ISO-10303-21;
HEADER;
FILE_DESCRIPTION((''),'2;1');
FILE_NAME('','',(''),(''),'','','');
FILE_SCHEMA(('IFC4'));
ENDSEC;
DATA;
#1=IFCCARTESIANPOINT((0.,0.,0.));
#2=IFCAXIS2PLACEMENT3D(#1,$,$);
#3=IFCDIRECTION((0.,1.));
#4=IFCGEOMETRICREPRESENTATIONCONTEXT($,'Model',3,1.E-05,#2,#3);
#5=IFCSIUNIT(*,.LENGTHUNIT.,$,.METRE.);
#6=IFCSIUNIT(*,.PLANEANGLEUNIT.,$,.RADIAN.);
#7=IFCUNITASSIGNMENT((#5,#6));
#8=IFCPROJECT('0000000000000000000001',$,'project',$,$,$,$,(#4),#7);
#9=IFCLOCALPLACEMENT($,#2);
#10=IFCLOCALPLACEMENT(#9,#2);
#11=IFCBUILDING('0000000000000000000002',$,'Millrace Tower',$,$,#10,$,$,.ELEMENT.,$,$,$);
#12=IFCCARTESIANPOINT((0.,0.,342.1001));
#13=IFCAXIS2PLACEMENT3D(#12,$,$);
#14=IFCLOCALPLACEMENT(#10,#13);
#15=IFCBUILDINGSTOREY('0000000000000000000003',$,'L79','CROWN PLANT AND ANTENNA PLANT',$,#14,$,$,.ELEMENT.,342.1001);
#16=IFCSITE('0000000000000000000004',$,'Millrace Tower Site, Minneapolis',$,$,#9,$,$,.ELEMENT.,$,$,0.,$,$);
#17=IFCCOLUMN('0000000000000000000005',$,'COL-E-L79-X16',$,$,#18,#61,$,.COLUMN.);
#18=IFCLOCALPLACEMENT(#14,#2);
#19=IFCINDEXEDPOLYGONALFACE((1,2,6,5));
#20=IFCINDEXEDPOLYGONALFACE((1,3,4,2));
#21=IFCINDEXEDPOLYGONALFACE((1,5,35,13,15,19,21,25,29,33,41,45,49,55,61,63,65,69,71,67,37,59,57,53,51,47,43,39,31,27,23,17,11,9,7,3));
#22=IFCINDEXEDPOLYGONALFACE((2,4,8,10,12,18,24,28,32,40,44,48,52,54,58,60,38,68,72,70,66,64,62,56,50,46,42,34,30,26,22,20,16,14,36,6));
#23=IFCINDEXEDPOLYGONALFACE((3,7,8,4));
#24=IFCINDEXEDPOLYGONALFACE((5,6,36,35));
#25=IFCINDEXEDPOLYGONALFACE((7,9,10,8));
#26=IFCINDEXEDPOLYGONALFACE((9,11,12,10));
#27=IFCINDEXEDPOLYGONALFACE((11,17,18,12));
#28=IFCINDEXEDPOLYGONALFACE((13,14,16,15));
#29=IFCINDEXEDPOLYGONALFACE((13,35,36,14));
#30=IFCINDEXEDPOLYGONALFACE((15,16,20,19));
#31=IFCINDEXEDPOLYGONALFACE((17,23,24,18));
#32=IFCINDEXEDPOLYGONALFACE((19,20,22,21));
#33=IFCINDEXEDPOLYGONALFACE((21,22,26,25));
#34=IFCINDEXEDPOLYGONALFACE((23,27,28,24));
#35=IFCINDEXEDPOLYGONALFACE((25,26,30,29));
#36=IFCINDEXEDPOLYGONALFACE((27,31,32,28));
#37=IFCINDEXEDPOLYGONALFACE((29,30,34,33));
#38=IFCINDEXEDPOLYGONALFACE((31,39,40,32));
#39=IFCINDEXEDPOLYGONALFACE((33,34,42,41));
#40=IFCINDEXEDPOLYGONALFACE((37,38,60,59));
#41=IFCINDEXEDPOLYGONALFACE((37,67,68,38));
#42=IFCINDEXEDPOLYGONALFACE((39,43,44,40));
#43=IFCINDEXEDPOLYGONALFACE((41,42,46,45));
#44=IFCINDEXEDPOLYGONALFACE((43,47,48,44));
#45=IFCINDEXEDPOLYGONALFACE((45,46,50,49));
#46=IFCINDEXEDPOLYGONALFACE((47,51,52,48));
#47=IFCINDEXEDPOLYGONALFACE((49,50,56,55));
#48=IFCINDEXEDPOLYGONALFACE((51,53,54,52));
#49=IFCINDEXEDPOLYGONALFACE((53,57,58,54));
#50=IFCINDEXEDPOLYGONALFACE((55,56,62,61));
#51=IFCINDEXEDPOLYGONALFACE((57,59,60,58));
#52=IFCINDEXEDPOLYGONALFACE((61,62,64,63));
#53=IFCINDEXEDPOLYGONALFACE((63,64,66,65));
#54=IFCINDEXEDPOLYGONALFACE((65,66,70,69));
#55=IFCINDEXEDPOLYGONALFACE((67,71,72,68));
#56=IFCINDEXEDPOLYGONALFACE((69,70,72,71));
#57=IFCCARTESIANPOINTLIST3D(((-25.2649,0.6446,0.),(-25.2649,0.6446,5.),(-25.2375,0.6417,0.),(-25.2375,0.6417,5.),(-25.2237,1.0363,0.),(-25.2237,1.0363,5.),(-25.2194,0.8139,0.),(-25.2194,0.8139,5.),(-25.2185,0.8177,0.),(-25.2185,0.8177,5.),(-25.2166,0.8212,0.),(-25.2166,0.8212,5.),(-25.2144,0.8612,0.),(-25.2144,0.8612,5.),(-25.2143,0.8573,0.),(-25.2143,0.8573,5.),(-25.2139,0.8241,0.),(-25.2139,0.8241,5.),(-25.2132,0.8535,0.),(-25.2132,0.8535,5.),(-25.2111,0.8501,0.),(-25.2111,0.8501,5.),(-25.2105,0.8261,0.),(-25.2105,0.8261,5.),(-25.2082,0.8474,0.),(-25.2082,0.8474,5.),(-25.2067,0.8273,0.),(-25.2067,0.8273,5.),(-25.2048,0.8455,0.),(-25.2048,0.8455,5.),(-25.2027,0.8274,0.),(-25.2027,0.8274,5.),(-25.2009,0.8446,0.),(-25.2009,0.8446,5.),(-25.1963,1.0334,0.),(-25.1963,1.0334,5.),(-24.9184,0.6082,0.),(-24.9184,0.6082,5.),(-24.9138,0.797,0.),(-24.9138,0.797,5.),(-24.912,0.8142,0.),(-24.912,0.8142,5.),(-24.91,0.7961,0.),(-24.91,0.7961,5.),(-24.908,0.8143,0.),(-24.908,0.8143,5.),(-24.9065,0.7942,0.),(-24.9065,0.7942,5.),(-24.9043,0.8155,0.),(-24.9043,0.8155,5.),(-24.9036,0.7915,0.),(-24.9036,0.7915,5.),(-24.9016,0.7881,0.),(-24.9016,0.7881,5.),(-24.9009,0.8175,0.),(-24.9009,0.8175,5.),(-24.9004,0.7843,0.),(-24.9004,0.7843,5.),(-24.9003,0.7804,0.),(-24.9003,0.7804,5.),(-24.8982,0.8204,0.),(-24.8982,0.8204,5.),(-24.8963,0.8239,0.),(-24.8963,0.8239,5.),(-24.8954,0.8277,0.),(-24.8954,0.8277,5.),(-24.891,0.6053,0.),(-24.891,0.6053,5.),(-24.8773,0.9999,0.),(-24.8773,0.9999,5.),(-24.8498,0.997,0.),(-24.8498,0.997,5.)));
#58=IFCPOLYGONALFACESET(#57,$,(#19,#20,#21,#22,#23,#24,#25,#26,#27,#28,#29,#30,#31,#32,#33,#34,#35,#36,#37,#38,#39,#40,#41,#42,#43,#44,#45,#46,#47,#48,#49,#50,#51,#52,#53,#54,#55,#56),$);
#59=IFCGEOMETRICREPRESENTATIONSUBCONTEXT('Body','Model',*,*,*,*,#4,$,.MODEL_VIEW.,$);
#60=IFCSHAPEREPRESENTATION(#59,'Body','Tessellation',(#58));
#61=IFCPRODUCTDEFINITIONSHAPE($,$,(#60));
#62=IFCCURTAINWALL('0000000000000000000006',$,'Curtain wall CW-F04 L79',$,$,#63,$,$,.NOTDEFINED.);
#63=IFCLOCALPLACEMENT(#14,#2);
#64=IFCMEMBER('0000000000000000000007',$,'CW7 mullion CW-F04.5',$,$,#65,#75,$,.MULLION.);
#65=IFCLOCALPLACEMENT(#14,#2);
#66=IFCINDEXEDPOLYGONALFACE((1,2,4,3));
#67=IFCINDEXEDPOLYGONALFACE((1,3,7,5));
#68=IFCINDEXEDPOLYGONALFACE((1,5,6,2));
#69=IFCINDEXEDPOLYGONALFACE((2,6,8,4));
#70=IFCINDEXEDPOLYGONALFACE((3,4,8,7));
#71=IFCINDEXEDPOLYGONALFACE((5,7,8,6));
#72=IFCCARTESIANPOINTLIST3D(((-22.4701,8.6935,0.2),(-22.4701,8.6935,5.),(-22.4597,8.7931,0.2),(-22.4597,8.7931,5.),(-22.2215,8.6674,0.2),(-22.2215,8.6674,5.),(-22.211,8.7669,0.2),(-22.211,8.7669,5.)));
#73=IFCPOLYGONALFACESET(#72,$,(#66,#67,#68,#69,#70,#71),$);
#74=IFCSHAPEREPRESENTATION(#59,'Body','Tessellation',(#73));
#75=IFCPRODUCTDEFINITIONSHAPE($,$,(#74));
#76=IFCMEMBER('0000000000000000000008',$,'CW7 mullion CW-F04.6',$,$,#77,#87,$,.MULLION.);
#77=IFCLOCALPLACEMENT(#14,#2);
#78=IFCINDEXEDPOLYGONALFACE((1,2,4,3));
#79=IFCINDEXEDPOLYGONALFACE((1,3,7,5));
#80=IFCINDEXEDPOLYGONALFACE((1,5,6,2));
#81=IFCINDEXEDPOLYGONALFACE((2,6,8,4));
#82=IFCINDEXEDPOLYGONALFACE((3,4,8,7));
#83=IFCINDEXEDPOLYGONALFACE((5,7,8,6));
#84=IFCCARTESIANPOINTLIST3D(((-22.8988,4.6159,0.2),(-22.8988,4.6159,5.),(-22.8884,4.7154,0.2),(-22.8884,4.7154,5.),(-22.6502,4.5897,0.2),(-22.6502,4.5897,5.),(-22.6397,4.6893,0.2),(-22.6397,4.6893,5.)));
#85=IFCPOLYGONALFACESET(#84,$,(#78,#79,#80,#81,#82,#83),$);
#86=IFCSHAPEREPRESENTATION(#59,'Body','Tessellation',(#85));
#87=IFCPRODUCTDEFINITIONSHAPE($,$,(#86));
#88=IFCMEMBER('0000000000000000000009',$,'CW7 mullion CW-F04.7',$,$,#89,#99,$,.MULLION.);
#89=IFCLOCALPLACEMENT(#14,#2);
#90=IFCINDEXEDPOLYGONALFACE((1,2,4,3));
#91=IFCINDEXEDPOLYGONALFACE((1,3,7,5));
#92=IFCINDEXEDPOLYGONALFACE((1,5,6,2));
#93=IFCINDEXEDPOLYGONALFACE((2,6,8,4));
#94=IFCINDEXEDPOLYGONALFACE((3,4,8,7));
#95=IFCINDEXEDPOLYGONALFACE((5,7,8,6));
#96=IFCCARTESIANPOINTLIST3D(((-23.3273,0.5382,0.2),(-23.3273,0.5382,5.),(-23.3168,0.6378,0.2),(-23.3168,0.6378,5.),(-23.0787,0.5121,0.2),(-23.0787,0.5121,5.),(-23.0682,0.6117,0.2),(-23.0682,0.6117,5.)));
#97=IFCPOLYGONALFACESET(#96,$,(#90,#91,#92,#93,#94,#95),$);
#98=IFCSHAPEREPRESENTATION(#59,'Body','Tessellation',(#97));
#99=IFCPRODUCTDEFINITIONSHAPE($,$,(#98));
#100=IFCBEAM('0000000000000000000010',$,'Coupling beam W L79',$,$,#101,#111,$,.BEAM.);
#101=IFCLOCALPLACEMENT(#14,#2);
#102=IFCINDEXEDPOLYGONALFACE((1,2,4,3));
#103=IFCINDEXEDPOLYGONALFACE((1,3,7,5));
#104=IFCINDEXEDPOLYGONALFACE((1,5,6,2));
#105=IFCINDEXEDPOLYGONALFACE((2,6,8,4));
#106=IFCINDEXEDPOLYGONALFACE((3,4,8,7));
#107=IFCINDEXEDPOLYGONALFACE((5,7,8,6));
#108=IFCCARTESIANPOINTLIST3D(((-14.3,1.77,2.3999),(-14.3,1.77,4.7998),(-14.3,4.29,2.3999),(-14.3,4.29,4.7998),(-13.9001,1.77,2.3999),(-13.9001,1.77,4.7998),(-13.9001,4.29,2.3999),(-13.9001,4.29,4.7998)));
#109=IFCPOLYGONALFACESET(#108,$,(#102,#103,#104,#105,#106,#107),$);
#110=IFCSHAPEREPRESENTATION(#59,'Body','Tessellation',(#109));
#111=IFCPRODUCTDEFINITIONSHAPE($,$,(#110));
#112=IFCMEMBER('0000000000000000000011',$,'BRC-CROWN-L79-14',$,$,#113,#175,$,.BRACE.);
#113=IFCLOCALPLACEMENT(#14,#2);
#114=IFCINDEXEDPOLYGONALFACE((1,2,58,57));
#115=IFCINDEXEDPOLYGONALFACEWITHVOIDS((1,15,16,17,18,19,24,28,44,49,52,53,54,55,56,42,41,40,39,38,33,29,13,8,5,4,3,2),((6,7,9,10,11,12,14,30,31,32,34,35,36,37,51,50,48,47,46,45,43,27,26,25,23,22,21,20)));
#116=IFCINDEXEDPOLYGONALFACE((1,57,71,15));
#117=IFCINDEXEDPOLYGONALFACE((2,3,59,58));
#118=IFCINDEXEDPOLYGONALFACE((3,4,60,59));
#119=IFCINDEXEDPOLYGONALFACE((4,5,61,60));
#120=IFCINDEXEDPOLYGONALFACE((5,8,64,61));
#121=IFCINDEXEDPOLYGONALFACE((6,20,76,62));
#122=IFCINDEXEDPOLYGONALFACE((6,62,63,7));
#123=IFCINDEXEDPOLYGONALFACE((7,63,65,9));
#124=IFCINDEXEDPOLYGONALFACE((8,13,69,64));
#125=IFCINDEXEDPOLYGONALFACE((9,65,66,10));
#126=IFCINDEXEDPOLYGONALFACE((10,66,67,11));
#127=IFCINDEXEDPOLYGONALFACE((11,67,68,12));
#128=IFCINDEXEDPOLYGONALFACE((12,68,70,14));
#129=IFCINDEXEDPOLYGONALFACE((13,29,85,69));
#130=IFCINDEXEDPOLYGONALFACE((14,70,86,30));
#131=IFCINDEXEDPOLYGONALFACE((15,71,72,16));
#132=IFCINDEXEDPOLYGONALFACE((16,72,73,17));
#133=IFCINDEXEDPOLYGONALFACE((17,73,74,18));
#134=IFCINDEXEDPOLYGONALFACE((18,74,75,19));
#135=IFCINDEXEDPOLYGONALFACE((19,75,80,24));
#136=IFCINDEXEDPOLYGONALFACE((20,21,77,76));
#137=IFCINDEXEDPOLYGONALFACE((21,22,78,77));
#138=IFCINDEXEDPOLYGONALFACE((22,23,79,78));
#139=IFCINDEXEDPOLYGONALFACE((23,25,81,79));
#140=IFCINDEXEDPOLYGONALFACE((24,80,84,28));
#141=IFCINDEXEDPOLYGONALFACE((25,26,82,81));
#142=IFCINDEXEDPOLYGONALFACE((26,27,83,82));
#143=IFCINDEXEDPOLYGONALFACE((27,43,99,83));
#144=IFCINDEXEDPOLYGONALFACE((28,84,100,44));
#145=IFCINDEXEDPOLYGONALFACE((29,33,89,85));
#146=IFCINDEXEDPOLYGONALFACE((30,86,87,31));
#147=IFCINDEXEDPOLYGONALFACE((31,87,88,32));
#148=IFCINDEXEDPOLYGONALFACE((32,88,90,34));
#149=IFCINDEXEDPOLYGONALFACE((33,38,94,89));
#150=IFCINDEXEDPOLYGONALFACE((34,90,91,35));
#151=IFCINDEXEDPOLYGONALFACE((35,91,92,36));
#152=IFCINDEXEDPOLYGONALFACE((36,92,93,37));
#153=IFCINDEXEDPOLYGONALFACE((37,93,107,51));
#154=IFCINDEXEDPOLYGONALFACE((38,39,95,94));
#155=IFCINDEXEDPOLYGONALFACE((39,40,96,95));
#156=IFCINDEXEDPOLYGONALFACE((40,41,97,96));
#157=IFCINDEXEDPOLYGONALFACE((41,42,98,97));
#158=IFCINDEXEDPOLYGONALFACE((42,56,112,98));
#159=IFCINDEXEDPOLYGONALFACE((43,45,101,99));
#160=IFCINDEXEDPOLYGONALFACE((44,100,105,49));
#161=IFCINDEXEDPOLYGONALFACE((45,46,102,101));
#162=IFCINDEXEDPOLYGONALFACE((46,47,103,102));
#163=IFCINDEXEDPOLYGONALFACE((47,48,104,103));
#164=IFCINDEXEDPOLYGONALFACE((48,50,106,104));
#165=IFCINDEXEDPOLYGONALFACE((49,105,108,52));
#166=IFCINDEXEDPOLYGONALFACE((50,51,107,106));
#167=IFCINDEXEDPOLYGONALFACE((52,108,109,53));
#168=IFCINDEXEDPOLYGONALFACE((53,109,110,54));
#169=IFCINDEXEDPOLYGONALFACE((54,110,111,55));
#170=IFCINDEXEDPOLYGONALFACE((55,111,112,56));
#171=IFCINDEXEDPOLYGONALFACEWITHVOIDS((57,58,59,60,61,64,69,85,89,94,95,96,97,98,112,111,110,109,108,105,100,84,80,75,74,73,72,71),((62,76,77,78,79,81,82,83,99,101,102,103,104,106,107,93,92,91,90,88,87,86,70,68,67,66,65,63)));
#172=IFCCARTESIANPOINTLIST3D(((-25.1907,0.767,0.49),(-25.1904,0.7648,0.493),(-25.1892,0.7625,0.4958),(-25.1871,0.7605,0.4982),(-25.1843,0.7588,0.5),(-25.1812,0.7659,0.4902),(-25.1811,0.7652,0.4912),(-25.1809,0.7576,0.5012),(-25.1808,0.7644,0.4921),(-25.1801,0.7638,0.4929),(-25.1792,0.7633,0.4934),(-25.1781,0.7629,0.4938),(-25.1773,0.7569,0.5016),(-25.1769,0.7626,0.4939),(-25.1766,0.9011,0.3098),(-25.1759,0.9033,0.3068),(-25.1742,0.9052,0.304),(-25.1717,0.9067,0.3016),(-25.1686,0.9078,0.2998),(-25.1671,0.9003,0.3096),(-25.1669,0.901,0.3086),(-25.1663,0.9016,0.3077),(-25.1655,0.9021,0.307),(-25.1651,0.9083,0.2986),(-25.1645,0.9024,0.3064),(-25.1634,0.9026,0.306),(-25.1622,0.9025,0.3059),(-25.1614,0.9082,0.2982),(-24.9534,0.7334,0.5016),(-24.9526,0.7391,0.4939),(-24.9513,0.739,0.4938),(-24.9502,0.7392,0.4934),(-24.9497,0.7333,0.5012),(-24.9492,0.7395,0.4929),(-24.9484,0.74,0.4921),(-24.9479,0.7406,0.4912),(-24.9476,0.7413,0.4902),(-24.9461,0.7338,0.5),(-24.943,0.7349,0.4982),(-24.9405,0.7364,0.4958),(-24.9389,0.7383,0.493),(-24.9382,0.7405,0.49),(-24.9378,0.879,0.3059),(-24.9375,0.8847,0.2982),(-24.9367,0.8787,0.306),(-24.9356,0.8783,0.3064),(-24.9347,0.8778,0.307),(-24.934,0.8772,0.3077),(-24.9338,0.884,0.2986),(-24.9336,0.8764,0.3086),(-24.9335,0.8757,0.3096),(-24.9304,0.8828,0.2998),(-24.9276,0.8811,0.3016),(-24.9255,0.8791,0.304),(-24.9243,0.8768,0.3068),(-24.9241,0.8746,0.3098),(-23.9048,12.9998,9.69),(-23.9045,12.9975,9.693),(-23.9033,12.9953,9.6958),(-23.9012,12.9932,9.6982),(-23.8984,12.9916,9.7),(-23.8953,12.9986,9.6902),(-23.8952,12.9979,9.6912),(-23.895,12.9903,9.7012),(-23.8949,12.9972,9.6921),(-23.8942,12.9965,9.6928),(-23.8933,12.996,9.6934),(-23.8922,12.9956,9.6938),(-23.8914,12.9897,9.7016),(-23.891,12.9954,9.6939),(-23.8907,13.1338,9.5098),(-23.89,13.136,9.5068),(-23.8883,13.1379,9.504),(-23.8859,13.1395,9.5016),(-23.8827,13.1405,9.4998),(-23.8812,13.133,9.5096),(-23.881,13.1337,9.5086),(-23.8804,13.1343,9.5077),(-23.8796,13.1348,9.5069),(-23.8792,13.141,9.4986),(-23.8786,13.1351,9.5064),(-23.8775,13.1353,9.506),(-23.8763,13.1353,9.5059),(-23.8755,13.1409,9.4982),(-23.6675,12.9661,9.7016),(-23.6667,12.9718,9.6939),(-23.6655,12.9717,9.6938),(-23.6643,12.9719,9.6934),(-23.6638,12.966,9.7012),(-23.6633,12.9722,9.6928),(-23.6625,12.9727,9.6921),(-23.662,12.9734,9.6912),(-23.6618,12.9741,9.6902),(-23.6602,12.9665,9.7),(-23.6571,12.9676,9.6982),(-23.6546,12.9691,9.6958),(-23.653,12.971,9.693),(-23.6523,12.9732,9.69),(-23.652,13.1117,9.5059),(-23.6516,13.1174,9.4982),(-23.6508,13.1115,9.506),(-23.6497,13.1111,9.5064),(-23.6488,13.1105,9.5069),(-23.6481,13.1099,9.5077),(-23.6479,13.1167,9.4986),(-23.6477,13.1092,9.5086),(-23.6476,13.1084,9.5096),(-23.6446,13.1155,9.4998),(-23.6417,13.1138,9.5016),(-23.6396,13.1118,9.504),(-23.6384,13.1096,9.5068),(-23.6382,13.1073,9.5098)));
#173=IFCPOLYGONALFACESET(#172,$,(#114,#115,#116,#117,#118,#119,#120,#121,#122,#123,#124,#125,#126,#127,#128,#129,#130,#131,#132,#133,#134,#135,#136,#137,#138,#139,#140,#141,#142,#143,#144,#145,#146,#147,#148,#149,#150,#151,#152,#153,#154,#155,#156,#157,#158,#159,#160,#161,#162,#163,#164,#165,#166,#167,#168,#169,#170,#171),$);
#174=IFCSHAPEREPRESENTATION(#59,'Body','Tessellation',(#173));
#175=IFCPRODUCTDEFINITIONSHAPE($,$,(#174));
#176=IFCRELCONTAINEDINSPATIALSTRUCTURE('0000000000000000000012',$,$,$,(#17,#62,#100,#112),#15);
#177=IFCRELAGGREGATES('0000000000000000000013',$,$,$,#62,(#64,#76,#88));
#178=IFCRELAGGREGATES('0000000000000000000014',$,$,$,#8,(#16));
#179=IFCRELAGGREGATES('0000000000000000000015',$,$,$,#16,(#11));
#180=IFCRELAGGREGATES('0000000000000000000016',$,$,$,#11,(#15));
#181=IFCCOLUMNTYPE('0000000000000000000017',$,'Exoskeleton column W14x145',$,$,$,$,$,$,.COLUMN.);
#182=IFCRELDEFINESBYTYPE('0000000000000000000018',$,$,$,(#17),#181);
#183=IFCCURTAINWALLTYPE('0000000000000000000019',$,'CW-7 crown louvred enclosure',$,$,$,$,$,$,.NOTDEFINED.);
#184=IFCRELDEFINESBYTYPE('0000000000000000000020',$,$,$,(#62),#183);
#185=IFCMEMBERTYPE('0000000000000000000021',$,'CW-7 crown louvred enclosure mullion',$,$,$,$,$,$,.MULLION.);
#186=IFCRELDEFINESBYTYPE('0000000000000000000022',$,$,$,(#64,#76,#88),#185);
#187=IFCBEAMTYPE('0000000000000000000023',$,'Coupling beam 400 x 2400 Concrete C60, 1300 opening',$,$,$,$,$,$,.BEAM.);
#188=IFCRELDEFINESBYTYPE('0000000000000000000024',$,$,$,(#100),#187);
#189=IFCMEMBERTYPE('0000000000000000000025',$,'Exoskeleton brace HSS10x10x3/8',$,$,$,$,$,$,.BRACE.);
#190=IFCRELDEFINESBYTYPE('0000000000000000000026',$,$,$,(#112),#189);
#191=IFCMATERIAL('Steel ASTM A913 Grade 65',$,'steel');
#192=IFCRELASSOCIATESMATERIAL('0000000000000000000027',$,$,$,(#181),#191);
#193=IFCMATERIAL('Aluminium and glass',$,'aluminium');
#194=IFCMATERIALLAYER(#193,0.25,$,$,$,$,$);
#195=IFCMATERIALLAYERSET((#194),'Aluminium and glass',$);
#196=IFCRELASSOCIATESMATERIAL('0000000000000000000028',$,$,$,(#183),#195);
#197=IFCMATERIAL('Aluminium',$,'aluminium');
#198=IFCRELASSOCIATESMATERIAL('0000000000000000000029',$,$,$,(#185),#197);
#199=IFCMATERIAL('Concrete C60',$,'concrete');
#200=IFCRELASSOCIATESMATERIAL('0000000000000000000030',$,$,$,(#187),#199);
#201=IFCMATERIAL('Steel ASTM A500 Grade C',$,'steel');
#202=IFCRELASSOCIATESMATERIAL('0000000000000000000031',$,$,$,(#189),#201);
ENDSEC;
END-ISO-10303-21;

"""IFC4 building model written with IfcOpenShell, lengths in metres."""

from ifc_helpers import new_model, si_unit, direction, frame, origin, origin_2d, place, context, subcontext, project, spatial, rectangle, hollow_rectangle, i_section, extrude, material, layer, layer_set, material_profile, profile_set, type_object, element, aggregate, save


model = new_model("IFC4")

# Units and contexts
model_context = context("Model", 3, precision=1e-05, world=origin(), true_north=direction((0.0, 1.0)))
body_context = subcontext(model_context, "Body", "Model", "MODEL_VIEW")
ifc_project = project(units=[si_unit("LENGTHUNIT", "METRE"), si_unit("PLANEANGLEUNIT", "RADIAN")], contexts=[model_context])

# Site, building, storey
site_placement = place(None, origin())
site = spatial("IfcSite", under=ifc_project, at=site_placement, Name="Millrace Tower Site, Minneapolis", CompositionType="ELEMENT", RefElevation=0.0)
building_placement = place(site_placement, origin())
building = spatial("IfcBuilding", under=site, at=building_placement, Name="Millrace Tower", CompositionType="ELEMENT")
storey_placement = place(building_placement, frame((0.0, 0.0, 342.1001)))
storey = spatial("IfcBuildingStorey", under=building, at=storey_placement, Name="L79", Description="CROWN PLANT AND ANTENNA PLANT", CompositionType="ELEMENT", Elevation=342.1001)

# Column
ifc_material_1 = material(Name="Steel ASTM A913 Grade 65", Category="steel")
ifc_material_profile_1 = material_profile(ifc_material_1, i_section(OverallWidth=0.3938, OverallDepth=0.376, WebThickness=0.0173, FlangeThickness=0.0276, FilletRadius=0.0151, at=origin_2d()))
ifc_profile_set_1 = profile_set([ifc_material_profile_1], Name="Steel ASTM A913 Grade 65")
column_type = type_object("IfcColumnType", Name="Exoskeleton column W14x145", PredefinedType="COLUMN", material=ifc_profile_set_1)
column_placement = place(storey_placement, frame((-25.0574, 0.8208, 0.0), z_axis=(0.0, 0.0, 1.0), x_axis=(-0.104528, -0.994522, 0.0)))
element("IfcColumn", 1, at=column_placement, inside=storey, type_object=column_type, Name="COL-E-L79-X16", PredefinedType="COLUMN", context=body_context, shape_type="SweptSolid", body=[
    extrude(i_section(OverallWidth=0.3938, OverallDepth=0.376, WebThickness=0.0173, FlangeThickness=0.0276, FilletRadius=0.0151, at=origin_2d()), origin(), (0.0, 0.0, 1.0), 5.0),
])

# Curtain wall, members
ifc_material_2 = material(Name="Aluminium and glass", Category="aluminium")
ifc_layer_1 = layer(ifc_material_2, 0.25)
ifc_layer_set_1 = layer_set([ifc_layer_1], Name="Aluminium and glass")
curtain_wall_type = type_object("IfcCurtainWallType", Name="CW-7 crown louvred enclosure", PredefinedType="NOTDEFINED", material=ifc_layer_set_1)
placement = place(storey_placement, origin())
curtain_wall = element("IfcCurtainWall", 2, at=placement, inside=storey, type_object=curtain_wall_type, Name="Curtain wall CW-F04 L79", PredefinedType="NOTDEFINED")
ifc_material_3 = material(Name="Aluminium", Category="aluminium")
ifc_material_profile_2 = material_profile(ifc_material_3, rectangle(XDim=0.1001, YDim=0.25, at=origin_2d()))
ifc_profile_set_2 = profile_set([ifc_material_profile_2], Name="Aluminium")
member_type_1 = type_object("IfcMemberType", Name="CW-7 crown louvred enclosure mullion", PredefinedType="MULLION", material=ifc_profile_set_2)
member_1_placement = place(storey_placement, frame((-22.3406, 8.7302, 0.2), z_axis=(0.0, 0.0, 1.0), x_axis=(-0.104528, -0.994522, 0.0)))
member_1 = element("IfcMember", 3, at=member_1_placement, type_object=member_type_1, Name="CW7 mullion CW-F04.5", PredefinedType="MULLION", context=body_context, shape_type="SweptSolid", body=[
    extrude(rectangle(XDim=0.1001, YDim=0.25, at=origin_2d()), origin(), (0.0, 0.0, 1.0), 4.8),
])
member_2_placement = place(storey_placement, frame((-22.7693, 4.6526, 0.2), z_axis=(0.0, 0.0, 1.0), x_axis=(-0.104528, -0.994522, 0.0)))
member_2 = element("IfcMember", 4, at=member_2_placement, type_object=member_type_1, Name="CW7 mullion CW-F04.6", PredefinedType="MULLION", context=body_context, shape_type="SweptSolid", body=[
    extrude(rectangle(XDim=0.1001, YDim=0.25, at=origin_2d()), origin(), (0.0, 0.0, 1.0), 4.8),
])
member_3_placement = place(storey_placement, frame((-23.1978, 0.575, 0.2), z_axis=(0.0, 0.0, 1.0), x_axis=(-0.104528, -0.994522, 0.0)))
member_3 = element("IfcMember", 5, at=member_3_placement, type_object=member_type_1, Name="CW7 mullion CW-F04.7", PredefinedType="MULLION", context=body_context, shape_type="SweptSolid", body=[
    extrude(rectangle(XDim=0.1001, YDim=0.25, at=origin_2d()), origin(), (0.0, 0.0, 1.0), 4.8),
])
aggregate(curtain_wall, [member_1, member_2, member_3])

# Beam
ifc_material_4 = material(Name="Concrete C60", Category="concrete")
ifc_material_profile_3 = material_profile(ifc_material_4, rectangle(XDim=0.3999, YDim=2.3999, at=origin_2d()))
ifc_profile_set_3 = profile_set([ifc_material_profile_3], Name="Concrete C60")
beam_type_1 = type_object("IfcBeamType", Name="Coupling beam 400 x 2400 Concrete C60, 1300 opening", PredefinedType="BEAM", material=ifc_profile_set_3)
beam_1_placement = place(storey_placement, frame((-14.1001, 1.77, 3.5999), z_axis=(0.0, 1.0, 0.0), x_axis=(-1.0, 0.0, 0.0)))
element("IfcBeam", 6, at=beam_1_placement, inside=storey, type_object=beam_type_1, Name="Coupling beam W L79", PredefinedType="BEAM", context=body_context, shape_type="SweptSolid", body=[
    extrude(rectangle(XDim=0.3999, YDim=2.3999, at=origin_2d()), origin(), (0.0, 0.0, 1.0), 2.52),
])

# Member
ifc_material_5 = material(Name="Steel ASTM A500 Grade C", Category="steel")
ifc_material_profile_4 = material_profile(ifc_material_5, hollow_rectangle(XDim=0.2539, YDim=0.2539, WallThickness=0.0095, InnerFilletRadius=0.0046, OuterFilletRadius=0.0144, at=origin_2d()))
ifc_profile_set_4 = profile_set([ifc_material_profile_4], Name="Steel ASTM A500 Grade C")
member_type_2 = type_object("IfcMemberType", Name="Exoskeleton brace HSS10x10x3/8", PredefinedType="BRACE", material=ifc_profile_set_4)
member_4_placement = place(storey_placement, frame((-25.0574, 0.8208, 0.3999), z_axis=(0.083717, 0.796396, 0.598954), x_axis=(-0.99452, 0.104543, 0.0)))
element("IfcMember", 7, at=member_4_placement, inside=storey, type_object=member_type_2, Name="BRC-CROWN-L79-14", PredefinedType="BRACE", context=body_context, shape_type="SweptSolid", body=[
    extrude(hollow_rectangle(XDim=0.2539, YDim=0.2539, WallThickness=0.0095, InnerFilletRadius=0.0046, OuterFilletRadius=0.0144, at=origin_2d()), origin(), (0.0, 0.0, 1.0), 15.3601),
])

save(model, "model.ifc")
